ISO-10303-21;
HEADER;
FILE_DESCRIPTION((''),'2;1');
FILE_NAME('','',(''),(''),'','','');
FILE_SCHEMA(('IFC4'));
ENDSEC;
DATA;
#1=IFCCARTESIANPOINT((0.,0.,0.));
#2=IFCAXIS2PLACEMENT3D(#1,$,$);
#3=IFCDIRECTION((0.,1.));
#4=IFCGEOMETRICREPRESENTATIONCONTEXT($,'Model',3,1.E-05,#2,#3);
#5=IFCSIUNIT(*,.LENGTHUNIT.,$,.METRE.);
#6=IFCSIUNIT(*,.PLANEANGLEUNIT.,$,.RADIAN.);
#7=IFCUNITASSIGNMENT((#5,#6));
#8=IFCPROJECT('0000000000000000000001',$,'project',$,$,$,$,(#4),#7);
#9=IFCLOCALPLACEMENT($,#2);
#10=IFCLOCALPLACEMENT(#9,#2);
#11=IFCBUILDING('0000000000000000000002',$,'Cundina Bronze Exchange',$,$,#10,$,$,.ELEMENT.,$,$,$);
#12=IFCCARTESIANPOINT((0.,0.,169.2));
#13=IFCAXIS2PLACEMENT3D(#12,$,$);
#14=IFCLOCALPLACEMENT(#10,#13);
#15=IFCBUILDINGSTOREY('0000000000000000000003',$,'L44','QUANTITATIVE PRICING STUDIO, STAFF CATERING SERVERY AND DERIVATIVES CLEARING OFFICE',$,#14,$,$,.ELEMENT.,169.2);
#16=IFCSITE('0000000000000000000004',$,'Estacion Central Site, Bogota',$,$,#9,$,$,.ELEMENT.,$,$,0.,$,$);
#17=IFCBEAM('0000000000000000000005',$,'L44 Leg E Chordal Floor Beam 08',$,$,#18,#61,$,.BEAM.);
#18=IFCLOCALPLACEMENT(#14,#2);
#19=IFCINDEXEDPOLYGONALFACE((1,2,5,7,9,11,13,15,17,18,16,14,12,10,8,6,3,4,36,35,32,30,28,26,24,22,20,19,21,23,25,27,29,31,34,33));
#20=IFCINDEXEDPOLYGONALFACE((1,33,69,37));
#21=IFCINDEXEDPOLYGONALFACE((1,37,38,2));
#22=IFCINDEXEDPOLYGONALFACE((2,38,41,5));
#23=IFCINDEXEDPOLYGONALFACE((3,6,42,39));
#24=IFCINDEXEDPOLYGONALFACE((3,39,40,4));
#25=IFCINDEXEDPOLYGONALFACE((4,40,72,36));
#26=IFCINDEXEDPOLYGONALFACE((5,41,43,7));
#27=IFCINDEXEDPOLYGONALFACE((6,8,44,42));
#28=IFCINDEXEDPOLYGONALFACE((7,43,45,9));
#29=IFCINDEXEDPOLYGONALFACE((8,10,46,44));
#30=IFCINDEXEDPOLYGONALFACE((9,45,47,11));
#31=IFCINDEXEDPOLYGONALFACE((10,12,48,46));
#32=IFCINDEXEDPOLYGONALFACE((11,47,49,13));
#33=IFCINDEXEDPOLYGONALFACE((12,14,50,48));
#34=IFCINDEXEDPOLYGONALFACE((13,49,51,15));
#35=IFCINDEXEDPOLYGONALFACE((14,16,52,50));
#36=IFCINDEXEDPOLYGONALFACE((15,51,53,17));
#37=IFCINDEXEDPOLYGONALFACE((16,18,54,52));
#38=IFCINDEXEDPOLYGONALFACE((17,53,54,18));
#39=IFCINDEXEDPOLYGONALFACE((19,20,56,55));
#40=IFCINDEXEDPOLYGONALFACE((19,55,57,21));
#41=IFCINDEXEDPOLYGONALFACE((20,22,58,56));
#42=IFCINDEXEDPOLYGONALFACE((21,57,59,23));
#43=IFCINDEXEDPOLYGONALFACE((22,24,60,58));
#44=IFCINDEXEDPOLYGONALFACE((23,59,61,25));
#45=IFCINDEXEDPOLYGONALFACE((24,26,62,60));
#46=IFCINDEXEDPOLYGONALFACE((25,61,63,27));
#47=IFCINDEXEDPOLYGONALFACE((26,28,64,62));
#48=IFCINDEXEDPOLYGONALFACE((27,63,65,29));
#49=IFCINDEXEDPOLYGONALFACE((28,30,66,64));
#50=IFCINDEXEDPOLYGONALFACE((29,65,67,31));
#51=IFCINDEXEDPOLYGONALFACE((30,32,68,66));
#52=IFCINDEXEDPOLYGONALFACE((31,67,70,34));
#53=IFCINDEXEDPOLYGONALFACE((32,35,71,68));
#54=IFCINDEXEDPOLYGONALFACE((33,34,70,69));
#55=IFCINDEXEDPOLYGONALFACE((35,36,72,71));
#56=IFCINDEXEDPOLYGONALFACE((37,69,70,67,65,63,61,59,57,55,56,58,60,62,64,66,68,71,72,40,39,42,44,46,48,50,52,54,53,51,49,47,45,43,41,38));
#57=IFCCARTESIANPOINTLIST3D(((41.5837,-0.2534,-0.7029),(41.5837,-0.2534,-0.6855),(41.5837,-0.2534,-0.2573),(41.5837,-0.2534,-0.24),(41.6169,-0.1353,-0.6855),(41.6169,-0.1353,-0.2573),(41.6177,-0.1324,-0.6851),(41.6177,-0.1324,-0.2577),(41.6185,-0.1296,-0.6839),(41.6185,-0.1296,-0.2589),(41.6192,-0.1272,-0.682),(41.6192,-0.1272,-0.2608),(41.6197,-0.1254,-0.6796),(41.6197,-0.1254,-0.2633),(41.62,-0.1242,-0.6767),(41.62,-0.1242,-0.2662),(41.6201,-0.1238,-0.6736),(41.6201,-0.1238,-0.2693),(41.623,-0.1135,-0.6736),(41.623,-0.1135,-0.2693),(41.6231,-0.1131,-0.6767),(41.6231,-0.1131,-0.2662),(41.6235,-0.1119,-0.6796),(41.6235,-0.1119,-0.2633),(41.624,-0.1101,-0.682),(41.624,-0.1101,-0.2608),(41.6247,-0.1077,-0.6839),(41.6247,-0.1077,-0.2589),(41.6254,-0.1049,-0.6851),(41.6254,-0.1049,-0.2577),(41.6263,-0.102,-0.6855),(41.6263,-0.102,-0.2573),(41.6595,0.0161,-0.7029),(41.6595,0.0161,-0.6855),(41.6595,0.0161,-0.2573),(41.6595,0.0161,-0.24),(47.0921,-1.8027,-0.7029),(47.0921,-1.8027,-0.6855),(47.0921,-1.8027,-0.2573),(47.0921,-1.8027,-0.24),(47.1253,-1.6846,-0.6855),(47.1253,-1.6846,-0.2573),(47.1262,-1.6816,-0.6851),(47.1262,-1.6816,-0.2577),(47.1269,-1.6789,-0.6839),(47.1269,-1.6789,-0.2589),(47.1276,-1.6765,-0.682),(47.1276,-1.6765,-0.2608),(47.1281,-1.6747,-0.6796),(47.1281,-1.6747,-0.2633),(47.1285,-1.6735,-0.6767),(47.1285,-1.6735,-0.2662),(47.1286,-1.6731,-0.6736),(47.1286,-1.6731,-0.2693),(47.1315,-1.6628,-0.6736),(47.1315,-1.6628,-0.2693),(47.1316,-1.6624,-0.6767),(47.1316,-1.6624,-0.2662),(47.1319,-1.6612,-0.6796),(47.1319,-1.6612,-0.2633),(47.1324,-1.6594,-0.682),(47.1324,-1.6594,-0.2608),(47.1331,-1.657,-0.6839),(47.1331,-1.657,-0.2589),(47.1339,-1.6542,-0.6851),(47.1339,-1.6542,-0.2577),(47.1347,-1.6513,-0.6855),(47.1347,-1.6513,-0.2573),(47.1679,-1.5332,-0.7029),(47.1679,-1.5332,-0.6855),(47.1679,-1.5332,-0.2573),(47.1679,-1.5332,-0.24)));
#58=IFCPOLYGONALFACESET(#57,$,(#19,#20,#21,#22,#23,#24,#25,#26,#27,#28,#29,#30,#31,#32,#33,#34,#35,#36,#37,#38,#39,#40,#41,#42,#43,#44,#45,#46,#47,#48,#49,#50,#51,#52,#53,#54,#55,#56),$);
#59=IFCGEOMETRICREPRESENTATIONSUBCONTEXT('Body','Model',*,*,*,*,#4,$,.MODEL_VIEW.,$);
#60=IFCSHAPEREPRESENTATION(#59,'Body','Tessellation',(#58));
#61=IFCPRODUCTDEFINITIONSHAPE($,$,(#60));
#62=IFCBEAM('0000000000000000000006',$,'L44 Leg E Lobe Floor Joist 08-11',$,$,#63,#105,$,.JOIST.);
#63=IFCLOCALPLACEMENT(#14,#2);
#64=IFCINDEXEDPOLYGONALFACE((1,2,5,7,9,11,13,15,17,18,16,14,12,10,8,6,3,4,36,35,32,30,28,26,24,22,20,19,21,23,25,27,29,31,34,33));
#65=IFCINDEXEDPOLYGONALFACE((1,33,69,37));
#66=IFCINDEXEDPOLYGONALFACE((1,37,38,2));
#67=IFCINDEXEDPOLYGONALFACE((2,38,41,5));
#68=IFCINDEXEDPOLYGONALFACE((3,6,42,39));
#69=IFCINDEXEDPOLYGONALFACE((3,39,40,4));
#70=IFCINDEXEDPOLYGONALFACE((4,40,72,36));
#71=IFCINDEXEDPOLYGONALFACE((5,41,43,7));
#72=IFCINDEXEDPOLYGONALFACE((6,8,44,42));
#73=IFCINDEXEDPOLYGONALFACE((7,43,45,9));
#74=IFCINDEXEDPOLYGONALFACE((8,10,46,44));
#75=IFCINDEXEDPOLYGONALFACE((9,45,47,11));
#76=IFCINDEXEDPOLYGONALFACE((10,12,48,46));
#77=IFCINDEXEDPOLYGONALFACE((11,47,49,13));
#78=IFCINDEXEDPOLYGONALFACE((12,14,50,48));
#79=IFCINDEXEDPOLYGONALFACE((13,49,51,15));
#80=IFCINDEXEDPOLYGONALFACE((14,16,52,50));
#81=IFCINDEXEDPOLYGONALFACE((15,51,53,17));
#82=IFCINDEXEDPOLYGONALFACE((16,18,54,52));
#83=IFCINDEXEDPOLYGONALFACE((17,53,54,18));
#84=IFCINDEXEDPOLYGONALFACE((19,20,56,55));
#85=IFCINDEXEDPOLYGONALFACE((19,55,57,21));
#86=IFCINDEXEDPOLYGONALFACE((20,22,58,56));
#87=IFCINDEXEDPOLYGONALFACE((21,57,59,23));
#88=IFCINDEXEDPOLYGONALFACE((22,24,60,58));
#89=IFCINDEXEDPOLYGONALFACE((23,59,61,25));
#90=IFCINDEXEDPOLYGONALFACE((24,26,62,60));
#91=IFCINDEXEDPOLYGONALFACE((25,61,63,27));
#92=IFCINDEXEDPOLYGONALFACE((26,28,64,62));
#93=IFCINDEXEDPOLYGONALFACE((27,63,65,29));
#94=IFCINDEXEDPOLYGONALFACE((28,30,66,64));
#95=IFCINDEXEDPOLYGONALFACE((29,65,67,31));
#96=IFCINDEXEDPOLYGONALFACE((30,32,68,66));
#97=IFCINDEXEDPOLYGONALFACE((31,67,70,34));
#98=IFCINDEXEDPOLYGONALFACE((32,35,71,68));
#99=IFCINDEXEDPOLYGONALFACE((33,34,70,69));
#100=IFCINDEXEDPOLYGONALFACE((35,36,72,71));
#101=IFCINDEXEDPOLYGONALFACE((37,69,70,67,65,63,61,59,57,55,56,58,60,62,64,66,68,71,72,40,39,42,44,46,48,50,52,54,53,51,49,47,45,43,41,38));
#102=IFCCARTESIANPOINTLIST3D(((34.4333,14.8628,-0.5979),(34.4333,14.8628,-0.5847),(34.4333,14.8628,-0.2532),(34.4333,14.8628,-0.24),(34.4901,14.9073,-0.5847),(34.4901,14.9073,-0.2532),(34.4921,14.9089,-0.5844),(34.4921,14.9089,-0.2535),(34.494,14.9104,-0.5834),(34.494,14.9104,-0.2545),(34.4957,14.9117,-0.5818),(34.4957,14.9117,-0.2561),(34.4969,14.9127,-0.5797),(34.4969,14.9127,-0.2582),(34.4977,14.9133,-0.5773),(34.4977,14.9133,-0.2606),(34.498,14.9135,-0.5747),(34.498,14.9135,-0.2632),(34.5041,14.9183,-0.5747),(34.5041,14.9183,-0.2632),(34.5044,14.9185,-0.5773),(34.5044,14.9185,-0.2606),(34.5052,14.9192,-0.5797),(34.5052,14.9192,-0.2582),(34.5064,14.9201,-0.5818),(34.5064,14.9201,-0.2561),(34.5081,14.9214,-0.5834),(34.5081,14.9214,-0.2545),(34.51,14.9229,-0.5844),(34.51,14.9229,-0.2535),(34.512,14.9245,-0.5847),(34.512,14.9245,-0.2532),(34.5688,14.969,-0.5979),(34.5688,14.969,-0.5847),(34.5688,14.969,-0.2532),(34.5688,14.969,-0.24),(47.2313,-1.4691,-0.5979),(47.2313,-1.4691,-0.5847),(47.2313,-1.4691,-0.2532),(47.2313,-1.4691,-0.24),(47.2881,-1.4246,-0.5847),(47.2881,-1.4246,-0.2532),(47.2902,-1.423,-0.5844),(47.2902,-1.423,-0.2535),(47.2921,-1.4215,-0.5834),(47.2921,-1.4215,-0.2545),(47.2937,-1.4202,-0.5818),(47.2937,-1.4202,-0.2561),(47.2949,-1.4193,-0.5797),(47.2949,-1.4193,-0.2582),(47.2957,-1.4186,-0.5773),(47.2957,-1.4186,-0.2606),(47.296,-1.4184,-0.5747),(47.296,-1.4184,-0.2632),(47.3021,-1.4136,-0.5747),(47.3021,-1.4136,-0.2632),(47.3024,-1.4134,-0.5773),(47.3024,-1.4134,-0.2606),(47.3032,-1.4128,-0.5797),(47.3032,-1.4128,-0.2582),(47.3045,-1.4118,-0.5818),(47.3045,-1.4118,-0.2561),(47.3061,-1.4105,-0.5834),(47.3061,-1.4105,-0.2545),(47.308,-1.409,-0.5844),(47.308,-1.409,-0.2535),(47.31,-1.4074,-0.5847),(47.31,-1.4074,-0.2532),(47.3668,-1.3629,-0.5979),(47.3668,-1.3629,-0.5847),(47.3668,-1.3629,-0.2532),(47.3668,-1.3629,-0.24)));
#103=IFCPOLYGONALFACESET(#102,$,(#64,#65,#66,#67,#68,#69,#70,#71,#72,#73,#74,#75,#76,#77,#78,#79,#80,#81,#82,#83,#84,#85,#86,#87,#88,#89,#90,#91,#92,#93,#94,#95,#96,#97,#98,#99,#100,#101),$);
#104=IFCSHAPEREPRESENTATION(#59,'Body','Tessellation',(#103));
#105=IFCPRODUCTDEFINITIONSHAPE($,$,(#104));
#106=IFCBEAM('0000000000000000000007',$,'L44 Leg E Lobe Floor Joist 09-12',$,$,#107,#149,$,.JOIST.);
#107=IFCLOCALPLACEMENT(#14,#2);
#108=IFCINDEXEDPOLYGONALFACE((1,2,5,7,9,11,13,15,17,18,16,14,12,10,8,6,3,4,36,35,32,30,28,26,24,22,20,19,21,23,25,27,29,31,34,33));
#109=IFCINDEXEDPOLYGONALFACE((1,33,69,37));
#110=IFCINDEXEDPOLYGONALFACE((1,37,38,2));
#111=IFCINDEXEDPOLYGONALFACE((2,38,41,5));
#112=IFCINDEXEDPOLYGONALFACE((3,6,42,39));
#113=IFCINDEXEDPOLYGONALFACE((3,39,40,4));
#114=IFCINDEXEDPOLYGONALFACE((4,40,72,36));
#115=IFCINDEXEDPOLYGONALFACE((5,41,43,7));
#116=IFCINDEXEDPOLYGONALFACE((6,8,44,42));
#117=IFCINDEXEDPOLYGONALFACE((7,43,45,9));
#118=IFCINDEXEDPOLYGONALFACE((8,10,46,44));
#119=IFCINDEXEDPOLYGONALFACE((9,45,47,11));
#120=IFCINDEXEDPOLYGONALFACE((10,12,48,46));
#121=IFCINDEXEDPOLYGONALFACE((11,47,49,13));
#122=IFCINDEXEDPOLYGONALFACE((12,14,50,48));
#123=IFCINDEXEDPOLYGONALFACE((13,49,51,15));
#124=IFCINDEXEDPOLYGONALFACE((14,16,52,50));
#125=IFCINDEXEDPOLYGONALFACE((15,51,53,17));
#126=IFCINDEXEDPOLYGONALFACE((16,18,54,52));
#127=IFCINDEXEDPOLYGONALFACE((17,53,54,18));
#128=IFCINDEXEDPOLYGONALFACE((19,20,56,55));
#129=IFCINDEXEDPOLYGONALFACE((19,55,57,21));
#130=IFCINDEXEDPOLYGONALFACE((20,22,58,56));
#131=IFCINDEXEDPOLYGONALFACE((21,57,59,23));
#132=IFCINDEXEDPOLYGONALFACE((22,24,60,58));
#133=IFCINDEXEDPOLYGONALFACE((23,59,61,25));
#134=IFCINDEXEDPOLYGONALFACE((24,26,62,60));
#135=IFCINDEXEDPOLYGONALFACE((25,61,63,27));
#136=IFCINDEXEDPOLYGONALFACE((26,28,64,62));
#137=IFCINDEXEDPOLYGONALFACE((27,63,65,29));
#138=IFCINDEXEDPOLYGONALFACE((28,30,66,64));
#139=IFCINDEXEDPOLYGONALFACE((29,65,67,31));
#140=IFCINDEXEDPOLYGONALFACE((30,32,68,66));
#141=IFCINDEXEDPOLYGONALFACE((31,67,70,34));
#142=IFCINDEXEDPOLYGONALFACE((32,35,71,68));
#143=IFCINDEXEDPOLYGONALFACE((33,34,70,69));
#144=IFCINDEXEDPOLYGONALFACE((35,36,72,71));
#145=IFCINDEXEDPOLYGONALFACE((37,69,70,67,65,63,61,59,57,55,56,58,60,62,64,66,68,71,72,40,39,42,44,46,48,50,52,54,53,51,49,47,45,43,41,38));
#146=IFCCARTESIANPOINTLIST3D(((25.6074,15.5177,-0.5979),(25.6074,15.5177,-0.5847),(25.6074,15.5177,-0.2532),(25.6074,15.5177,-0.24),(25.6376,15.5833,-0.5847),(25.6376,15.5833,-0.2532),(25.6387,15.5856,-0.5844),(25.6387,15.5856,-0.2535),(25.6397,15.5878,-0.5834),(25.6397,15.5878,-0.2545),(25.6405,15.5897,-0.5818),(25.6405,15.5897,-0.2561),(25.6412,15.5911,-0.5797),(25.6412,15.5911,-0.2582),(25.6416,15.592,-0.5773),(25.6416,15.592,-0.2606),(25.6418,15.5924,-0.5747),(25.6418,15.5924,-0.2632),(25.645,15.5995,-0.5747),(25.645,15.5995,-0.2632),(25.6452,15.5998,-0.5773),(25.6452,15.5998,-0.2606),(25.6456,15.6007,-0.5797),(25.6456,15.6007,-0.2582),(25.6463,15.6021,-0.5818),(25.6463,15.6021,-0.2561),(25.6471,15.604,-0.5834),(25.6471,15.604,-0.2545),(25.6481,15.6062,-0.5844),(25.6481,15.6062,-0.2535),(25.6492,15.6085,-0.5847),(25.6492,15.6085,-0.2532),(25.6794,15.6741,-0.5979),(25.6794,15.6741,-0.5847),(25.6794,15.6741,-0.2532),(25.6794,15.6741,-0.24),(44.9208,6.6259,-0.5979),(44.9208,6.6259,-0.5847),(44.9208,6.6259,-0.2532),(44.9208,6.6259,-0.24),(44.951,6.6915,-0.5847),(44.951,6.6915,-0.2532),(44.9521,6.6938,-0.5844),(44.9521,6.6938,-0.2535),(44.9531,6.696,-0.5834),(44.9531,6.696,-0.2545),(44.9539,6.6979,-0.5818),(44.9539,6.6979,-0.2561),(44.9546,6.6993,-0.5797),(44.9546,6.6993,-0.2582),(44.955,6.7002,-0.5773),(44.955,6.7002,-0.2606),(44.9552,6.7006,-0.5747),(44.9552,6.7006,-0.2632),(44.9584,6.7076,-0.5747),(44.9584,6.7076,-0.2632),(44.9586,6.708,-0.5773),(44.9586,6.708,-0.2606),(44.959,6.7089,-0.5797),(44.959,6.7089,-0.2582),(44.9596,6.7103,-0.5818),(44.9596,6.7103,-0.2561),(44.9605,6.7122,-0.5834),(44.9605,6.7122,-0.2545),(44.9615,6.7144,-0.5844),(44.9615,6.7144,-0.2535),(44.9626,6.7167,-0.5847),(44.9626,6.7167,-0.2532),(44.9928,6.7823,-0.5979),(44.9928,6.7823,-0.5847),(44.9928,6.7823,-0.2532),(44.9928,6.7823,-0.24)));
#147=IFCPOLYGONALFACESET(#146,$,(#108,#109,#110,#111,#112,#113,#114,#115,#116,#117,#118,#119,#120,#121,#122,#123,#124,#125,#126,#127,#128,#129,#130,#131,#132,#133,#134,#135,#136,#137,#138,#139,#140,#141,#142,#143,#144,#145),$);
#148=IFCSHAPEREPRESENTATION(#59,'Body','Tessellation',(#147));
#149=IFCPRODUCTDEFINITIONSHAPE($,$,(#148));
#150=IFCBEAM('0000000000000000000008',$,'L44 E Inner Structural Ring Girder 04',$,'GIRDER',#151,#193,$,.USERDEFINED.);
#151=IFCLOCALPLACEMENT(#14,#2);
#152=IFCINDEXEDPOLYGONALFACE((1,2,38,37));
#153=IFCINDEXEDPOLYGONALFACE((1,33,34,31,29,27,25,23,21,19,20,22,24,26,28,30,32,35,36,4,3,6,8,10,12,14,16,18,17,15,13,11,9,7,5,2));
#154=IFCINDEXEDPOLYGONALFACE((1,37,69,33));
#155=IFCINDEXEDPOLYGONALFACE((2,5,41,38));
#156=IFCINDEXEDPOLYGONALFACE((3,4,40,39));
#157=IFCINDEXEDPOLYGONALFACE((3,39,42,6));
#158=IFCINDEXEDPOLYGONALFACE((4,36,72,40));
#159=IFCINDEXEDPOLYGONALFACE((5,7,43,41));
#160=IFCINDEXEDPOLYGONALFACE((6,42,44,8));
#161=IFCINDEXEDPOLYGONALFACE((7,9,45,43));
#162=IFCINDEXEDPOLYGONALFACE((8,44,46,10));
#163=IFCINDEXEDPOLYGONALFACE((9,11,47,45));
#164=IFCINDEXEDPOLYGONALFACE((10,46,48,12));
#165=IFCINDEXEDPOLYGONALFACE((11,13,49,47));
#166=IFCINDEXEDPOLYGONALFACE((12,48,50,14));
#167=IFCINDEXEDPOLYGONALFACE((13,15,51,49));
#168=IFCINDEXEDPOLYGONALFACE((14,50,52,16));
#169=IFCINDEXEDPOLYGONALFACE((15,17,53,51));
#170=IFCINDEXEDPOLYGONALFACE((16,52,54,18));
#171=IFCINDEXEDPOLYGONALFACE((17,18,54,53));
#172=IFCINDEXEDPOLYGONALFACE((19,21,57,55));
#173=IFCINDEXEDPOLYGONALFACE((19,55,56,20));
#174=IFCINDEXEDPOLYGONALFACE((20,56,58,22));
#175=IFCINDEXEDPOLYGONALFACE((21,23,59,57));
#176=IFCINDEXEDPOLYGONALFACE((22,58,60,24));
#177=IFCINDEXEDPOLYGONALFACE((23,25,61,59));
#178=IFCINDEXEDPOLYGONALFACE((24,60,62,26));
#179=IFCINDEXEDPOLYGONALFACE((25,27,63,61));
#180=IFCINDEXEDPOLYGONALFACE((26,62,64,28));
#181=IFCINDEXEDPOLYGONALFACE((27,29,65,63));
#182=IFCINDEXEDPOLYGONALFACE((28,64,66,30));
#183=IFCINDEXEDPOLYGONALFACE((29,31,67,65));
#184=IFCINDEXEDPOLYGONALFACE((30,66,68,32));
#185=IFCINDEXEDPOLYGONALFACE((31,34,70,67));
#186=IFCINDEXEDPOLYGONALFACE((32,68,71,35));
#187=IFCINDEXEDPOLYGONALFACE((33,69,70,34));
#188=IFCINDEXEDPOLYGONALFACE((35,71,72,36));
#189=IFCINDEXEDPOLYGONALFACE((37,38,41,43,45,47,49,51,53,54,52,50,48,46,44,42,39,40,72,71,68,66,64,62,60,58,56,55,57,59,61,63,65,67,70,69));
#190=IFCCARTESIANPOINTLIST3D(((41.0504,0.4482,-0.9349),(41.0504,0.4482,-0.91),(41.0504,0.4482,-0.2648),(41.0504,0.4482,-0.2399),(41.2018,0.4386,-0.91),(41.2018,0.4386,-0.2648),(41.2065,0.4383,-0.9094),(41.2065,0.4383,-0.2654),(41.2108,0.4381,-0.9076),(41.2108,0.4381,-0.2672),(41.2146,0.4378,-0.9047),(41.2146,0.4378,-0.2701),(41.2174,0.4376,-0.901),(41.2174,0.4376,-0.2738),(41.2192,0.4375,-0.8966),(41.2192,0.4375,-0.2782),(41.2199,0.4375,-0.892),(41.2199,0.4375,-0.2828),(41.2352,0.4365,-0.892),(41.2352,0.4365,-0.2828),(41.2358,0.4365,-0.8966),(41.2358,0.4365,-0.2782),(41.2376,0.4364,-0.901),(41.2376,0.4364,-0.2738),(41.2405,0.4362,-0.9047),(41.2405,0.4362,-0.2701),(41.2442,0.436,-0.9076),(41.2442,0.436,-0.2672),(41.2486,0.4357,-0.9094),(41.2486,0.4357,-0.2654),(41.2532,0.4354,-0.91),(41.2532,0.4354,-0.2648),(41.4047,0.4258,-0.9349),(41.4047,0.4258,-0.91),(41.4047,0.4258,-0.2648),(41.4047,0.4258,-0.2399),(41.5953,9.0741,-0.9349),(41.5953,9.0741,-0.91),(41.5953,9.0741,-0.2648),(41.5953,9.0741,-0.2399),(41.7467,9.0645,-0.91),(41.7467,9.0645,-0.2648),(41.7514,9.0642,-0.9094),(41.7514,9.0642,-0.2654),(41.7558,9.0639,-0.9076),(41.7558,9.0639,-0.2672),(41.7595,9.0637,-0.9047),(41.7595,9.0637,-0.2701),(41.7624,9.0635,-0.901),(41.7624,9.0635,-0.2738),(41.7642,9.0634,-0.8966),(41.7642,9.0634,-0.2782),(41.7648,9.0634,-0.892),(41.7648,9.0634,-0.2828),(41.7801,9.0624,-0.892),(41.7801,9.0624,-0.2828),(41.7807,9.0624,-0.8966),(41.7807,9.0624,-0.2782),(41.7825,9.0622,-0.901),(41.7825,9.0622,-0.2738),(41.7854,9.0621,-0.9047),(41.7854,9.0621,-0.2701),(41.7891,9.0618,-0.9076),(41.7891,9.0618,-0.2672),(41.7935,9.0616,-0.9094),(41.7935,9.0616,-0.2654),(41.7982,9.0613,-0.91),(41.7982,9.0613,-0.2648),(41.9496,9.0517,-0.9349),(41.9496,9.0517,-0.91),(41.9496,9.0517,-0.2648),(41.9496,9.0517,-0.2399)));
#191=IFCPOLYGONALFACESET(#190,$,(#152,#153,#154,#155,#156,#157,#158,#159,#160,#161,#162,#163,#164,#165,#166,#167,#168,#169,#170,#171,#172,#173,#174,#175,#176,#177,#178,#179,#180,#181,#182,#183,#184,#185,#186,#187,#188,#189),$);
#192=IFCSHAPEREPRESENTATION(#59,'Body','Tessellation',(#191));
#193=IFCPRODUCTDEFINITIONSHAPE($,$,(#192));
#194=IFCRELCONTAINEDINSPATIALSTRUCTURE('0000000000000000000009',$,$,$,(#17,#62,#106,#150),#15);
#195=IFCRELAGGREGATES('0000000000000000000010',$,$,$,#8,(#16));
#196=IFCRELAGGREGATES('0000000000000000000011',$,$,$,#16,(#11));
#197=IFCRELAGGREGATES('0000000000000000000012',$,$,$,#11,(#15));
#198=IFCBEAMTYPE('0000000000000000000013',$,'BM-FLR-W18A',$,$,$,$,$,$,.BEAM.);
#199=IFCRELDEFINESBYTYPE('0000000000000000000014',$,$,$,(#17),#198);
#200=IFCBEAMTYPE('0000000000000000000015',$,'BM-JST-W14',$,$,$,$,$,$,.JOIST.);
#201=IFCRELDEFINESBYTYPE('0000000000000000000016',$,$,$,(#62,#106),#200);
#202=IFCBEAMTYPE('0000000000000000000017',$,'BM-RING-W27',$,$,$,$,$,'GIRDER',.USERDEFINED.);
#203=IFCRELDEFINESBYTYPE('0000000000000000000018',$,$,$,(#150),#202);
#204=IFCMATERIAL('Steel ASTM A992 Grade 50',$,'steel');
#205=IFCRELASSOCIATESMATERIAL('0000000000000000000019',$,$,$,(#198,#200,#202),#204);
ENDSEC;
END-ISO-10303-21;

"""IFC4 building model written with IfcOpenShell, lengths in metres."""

from ifc_helpers import new_model, si_unit, direction, frame, origin, origin_2d, place, context, subcontext, project, spatial, i_section, extrude, material, material_profile, profile_set, type_object, element, save


model = new_model("IFC4")

# Units and contexts
model_context = context("Model", 3, precision=1e-05, world=origin(), true_north=direction((0.0, 1.0)))
body_context = subcontext(model_context, "Body", "Model", "MODEL_VIEW")
ifc_project = project(units=[si_unit("LENGTHUNIT", "METRE"), si_unit("PLANEANGLEUNIT", "RADIAN")], contexts=[model_context])

# Site, building, storey
site_placement = place(None, origin())
site = spatial("IfcSite", under=ifc_project, at=site_placement, Name="Estacion Central Site, Bogota", CompositionType="ELEMENT", RefElevation=0.0)
building_placement = place(site_placement, origin())
building = spatial("IfcBuilding", under=site, at=building_placement, Name="Cundina Bronze Exchange", CompositionType="ELEMENT")
storey_placement = place(building_placement, frame((0.0, 0.0, 169.2)))
storey = spatial("IfcBuildingStorey", under=building, at=storey_placement, Name="L44", Description="QUANTITATIVE PRICING STUDIO, STAFF CATERING SERVERY AND DERIVATIVES CLEARING OFFICE", CompositionType="ELEMENT", Elevation=169.2)

# Shared definitions
ifc_material_1 = material(Name="Steel ASTM A992 Grade 50", Category="steel")

# Beams
ifc_material_profile_1 = material_profile(ifc_material_1, i_section(OverallWidth=0.28, OverallDepth=0.4629, WebThickness=0.0107, FlangeThickness=0.0173, FilletRadius=0.012, at=origin_2d()), Name="W18X76", Category="steel")
ifc_profile_set_1 = profile_set([ifc_material_profile_1], Name="Steel ASTM A992 Grade 50")
beam_type_1 = type_object("IfcBeamType", Name="BM-FLR-W18A", PredefinedType="BEAM", material=ifc_profile_set_1)
beam_1_placement = place(storey_placement, frame((41.6216, -0.1187, -0.4714), z_axis=(0.962649, -0.270752, 0.0), x_axis=(0.270752, 0.962649, 0.0)))
element("IfcBeam", 1, at=beam_1_placement, inside=storey, type_object=beam_type_1, Name="L44 Leg E Chordal Floor Beam 08", PredefinedType="BEAM", context=body_context, shape_type="SweptSolid", body=[
    extrude(i_section(OverallWidth=0.28, OverallDepth=0.4629, WebThickness=0.0107, FlangeThickness=0.0173, FilletRadius=0.012, at=origin_2d()), origin(), (0.0, 0.0, 1.0), 5.7222),
])
ifc_material_profile_2 = material_profile(ifc_material_1, i_section(OverallWidth=0.1721, OverallDepth=0.3579, WebThickness=0.0078, FlangeThickness=0.0132, FilletRadius=0.01, at=origin_2d()), Name="W14X38", Category="steel")
ifc_profile_set_2 = profile_set([ifc_material_profile_2], Name="Steel ASTM A992 Grade 50")
beam_type_2 = type_object("IfcBeamType", Name="BM-JST-W14", PredefinedType="JOIST", material=ifc_profile_set_2)
beam_2_placement = place(storey_placement, frame((47.2991, -1.416, -0.4189), z_axis=(-0.616801, 0.787119, 0.0), x_axis=(-0.787119, -0.616801, 0.0)))
element("IfcBeam", 2, at=beam_2_placement, inside=storey, type_object=beam_type_2, Name="L44 Leg E Lobe Floor Joist 08-11", PredefinedType="JOIST", context=body_context, shape_type="SweptSolid", body=[
    extrude(i_section(OverallWidth=0.1721, OverallDepth=0.3579, WebThickness=0.0078, FlangeThickness=0.0132, FilletRadius=0.01, at=origin_2d()), origin(), (0.0, 0.0, 1.0), 20.749),
])
beam_3_placement = place(storey_placement, frame((44.9568, 6.7041, -0.4189), z_axis=(-0.908354, 0.418202, 0.0), x_axis=(-0.418202, -0.908354, 0.0)))
element("IfcBeam", 3, at=beam_3_placement, inside=storey, type_object=beam_type_2, Name="L44 Leg E Lobe Floor Joist 09-12", PredefinedType="JOIST", context=body_context, shape_type="SweptSolid", body=[
    extrude(i_section(OverallWidth=0.1721, OverallDepth=0.3579, WebThickness=0.0078, FlangeThickness=0.0132, FilletRadius=0.01, at=origin_2d()), origin(), (0.0, 0.0, 1.0), 21.262),
])
ifc_material_profile_3 = material_profile(ifc_material_1, i_section(OverallWidth=0.355, OverallDepth=0.6951, WebThickness=0.0154, FlangeThickness=0.0249, FilletRadius=0.0181, at=origin_2d()), Name="W27X146", Category="steel")
ifc_profile_set_3 = profile_set([ifc_material_profile_3], Name="Steel ASTM A992 Grade 50")
beam_type_3 = type_object("IfcBeamType", Name="BM-RING-W27", ElementType="GIRDER", PredefinedType="USERDEFINED", material=ifc_profile_set_3)
beam_4_placement = place(storey_placement, frame((41.2275, 0.437, -0.5874), z_axis=(0.063047, 0.998011, 0.0), x_axis=(-0.998011, 0.063047, 0.0)))
element("IfcBeam", 4, at=beam_4_placement, inside=storey, type_object=beam_type_3, Name="L44 E Inner Structural Ring Girder 04", ObjectType="GIRDER", PredefinedType="USERDEFINED", context=body_context, shape_type="SweptSolid", body=[
    extrude(i_section(OverallWidth=0.355, OverallDepth=0.6951, WebThickness=0.0154, FlangeThickness=0.0249, FilletRadius=0.0181, at=origin_2d()), origin(), (0.0, 0.0, 1.0), 8.6431),
])

save(model, "model.ifc")
